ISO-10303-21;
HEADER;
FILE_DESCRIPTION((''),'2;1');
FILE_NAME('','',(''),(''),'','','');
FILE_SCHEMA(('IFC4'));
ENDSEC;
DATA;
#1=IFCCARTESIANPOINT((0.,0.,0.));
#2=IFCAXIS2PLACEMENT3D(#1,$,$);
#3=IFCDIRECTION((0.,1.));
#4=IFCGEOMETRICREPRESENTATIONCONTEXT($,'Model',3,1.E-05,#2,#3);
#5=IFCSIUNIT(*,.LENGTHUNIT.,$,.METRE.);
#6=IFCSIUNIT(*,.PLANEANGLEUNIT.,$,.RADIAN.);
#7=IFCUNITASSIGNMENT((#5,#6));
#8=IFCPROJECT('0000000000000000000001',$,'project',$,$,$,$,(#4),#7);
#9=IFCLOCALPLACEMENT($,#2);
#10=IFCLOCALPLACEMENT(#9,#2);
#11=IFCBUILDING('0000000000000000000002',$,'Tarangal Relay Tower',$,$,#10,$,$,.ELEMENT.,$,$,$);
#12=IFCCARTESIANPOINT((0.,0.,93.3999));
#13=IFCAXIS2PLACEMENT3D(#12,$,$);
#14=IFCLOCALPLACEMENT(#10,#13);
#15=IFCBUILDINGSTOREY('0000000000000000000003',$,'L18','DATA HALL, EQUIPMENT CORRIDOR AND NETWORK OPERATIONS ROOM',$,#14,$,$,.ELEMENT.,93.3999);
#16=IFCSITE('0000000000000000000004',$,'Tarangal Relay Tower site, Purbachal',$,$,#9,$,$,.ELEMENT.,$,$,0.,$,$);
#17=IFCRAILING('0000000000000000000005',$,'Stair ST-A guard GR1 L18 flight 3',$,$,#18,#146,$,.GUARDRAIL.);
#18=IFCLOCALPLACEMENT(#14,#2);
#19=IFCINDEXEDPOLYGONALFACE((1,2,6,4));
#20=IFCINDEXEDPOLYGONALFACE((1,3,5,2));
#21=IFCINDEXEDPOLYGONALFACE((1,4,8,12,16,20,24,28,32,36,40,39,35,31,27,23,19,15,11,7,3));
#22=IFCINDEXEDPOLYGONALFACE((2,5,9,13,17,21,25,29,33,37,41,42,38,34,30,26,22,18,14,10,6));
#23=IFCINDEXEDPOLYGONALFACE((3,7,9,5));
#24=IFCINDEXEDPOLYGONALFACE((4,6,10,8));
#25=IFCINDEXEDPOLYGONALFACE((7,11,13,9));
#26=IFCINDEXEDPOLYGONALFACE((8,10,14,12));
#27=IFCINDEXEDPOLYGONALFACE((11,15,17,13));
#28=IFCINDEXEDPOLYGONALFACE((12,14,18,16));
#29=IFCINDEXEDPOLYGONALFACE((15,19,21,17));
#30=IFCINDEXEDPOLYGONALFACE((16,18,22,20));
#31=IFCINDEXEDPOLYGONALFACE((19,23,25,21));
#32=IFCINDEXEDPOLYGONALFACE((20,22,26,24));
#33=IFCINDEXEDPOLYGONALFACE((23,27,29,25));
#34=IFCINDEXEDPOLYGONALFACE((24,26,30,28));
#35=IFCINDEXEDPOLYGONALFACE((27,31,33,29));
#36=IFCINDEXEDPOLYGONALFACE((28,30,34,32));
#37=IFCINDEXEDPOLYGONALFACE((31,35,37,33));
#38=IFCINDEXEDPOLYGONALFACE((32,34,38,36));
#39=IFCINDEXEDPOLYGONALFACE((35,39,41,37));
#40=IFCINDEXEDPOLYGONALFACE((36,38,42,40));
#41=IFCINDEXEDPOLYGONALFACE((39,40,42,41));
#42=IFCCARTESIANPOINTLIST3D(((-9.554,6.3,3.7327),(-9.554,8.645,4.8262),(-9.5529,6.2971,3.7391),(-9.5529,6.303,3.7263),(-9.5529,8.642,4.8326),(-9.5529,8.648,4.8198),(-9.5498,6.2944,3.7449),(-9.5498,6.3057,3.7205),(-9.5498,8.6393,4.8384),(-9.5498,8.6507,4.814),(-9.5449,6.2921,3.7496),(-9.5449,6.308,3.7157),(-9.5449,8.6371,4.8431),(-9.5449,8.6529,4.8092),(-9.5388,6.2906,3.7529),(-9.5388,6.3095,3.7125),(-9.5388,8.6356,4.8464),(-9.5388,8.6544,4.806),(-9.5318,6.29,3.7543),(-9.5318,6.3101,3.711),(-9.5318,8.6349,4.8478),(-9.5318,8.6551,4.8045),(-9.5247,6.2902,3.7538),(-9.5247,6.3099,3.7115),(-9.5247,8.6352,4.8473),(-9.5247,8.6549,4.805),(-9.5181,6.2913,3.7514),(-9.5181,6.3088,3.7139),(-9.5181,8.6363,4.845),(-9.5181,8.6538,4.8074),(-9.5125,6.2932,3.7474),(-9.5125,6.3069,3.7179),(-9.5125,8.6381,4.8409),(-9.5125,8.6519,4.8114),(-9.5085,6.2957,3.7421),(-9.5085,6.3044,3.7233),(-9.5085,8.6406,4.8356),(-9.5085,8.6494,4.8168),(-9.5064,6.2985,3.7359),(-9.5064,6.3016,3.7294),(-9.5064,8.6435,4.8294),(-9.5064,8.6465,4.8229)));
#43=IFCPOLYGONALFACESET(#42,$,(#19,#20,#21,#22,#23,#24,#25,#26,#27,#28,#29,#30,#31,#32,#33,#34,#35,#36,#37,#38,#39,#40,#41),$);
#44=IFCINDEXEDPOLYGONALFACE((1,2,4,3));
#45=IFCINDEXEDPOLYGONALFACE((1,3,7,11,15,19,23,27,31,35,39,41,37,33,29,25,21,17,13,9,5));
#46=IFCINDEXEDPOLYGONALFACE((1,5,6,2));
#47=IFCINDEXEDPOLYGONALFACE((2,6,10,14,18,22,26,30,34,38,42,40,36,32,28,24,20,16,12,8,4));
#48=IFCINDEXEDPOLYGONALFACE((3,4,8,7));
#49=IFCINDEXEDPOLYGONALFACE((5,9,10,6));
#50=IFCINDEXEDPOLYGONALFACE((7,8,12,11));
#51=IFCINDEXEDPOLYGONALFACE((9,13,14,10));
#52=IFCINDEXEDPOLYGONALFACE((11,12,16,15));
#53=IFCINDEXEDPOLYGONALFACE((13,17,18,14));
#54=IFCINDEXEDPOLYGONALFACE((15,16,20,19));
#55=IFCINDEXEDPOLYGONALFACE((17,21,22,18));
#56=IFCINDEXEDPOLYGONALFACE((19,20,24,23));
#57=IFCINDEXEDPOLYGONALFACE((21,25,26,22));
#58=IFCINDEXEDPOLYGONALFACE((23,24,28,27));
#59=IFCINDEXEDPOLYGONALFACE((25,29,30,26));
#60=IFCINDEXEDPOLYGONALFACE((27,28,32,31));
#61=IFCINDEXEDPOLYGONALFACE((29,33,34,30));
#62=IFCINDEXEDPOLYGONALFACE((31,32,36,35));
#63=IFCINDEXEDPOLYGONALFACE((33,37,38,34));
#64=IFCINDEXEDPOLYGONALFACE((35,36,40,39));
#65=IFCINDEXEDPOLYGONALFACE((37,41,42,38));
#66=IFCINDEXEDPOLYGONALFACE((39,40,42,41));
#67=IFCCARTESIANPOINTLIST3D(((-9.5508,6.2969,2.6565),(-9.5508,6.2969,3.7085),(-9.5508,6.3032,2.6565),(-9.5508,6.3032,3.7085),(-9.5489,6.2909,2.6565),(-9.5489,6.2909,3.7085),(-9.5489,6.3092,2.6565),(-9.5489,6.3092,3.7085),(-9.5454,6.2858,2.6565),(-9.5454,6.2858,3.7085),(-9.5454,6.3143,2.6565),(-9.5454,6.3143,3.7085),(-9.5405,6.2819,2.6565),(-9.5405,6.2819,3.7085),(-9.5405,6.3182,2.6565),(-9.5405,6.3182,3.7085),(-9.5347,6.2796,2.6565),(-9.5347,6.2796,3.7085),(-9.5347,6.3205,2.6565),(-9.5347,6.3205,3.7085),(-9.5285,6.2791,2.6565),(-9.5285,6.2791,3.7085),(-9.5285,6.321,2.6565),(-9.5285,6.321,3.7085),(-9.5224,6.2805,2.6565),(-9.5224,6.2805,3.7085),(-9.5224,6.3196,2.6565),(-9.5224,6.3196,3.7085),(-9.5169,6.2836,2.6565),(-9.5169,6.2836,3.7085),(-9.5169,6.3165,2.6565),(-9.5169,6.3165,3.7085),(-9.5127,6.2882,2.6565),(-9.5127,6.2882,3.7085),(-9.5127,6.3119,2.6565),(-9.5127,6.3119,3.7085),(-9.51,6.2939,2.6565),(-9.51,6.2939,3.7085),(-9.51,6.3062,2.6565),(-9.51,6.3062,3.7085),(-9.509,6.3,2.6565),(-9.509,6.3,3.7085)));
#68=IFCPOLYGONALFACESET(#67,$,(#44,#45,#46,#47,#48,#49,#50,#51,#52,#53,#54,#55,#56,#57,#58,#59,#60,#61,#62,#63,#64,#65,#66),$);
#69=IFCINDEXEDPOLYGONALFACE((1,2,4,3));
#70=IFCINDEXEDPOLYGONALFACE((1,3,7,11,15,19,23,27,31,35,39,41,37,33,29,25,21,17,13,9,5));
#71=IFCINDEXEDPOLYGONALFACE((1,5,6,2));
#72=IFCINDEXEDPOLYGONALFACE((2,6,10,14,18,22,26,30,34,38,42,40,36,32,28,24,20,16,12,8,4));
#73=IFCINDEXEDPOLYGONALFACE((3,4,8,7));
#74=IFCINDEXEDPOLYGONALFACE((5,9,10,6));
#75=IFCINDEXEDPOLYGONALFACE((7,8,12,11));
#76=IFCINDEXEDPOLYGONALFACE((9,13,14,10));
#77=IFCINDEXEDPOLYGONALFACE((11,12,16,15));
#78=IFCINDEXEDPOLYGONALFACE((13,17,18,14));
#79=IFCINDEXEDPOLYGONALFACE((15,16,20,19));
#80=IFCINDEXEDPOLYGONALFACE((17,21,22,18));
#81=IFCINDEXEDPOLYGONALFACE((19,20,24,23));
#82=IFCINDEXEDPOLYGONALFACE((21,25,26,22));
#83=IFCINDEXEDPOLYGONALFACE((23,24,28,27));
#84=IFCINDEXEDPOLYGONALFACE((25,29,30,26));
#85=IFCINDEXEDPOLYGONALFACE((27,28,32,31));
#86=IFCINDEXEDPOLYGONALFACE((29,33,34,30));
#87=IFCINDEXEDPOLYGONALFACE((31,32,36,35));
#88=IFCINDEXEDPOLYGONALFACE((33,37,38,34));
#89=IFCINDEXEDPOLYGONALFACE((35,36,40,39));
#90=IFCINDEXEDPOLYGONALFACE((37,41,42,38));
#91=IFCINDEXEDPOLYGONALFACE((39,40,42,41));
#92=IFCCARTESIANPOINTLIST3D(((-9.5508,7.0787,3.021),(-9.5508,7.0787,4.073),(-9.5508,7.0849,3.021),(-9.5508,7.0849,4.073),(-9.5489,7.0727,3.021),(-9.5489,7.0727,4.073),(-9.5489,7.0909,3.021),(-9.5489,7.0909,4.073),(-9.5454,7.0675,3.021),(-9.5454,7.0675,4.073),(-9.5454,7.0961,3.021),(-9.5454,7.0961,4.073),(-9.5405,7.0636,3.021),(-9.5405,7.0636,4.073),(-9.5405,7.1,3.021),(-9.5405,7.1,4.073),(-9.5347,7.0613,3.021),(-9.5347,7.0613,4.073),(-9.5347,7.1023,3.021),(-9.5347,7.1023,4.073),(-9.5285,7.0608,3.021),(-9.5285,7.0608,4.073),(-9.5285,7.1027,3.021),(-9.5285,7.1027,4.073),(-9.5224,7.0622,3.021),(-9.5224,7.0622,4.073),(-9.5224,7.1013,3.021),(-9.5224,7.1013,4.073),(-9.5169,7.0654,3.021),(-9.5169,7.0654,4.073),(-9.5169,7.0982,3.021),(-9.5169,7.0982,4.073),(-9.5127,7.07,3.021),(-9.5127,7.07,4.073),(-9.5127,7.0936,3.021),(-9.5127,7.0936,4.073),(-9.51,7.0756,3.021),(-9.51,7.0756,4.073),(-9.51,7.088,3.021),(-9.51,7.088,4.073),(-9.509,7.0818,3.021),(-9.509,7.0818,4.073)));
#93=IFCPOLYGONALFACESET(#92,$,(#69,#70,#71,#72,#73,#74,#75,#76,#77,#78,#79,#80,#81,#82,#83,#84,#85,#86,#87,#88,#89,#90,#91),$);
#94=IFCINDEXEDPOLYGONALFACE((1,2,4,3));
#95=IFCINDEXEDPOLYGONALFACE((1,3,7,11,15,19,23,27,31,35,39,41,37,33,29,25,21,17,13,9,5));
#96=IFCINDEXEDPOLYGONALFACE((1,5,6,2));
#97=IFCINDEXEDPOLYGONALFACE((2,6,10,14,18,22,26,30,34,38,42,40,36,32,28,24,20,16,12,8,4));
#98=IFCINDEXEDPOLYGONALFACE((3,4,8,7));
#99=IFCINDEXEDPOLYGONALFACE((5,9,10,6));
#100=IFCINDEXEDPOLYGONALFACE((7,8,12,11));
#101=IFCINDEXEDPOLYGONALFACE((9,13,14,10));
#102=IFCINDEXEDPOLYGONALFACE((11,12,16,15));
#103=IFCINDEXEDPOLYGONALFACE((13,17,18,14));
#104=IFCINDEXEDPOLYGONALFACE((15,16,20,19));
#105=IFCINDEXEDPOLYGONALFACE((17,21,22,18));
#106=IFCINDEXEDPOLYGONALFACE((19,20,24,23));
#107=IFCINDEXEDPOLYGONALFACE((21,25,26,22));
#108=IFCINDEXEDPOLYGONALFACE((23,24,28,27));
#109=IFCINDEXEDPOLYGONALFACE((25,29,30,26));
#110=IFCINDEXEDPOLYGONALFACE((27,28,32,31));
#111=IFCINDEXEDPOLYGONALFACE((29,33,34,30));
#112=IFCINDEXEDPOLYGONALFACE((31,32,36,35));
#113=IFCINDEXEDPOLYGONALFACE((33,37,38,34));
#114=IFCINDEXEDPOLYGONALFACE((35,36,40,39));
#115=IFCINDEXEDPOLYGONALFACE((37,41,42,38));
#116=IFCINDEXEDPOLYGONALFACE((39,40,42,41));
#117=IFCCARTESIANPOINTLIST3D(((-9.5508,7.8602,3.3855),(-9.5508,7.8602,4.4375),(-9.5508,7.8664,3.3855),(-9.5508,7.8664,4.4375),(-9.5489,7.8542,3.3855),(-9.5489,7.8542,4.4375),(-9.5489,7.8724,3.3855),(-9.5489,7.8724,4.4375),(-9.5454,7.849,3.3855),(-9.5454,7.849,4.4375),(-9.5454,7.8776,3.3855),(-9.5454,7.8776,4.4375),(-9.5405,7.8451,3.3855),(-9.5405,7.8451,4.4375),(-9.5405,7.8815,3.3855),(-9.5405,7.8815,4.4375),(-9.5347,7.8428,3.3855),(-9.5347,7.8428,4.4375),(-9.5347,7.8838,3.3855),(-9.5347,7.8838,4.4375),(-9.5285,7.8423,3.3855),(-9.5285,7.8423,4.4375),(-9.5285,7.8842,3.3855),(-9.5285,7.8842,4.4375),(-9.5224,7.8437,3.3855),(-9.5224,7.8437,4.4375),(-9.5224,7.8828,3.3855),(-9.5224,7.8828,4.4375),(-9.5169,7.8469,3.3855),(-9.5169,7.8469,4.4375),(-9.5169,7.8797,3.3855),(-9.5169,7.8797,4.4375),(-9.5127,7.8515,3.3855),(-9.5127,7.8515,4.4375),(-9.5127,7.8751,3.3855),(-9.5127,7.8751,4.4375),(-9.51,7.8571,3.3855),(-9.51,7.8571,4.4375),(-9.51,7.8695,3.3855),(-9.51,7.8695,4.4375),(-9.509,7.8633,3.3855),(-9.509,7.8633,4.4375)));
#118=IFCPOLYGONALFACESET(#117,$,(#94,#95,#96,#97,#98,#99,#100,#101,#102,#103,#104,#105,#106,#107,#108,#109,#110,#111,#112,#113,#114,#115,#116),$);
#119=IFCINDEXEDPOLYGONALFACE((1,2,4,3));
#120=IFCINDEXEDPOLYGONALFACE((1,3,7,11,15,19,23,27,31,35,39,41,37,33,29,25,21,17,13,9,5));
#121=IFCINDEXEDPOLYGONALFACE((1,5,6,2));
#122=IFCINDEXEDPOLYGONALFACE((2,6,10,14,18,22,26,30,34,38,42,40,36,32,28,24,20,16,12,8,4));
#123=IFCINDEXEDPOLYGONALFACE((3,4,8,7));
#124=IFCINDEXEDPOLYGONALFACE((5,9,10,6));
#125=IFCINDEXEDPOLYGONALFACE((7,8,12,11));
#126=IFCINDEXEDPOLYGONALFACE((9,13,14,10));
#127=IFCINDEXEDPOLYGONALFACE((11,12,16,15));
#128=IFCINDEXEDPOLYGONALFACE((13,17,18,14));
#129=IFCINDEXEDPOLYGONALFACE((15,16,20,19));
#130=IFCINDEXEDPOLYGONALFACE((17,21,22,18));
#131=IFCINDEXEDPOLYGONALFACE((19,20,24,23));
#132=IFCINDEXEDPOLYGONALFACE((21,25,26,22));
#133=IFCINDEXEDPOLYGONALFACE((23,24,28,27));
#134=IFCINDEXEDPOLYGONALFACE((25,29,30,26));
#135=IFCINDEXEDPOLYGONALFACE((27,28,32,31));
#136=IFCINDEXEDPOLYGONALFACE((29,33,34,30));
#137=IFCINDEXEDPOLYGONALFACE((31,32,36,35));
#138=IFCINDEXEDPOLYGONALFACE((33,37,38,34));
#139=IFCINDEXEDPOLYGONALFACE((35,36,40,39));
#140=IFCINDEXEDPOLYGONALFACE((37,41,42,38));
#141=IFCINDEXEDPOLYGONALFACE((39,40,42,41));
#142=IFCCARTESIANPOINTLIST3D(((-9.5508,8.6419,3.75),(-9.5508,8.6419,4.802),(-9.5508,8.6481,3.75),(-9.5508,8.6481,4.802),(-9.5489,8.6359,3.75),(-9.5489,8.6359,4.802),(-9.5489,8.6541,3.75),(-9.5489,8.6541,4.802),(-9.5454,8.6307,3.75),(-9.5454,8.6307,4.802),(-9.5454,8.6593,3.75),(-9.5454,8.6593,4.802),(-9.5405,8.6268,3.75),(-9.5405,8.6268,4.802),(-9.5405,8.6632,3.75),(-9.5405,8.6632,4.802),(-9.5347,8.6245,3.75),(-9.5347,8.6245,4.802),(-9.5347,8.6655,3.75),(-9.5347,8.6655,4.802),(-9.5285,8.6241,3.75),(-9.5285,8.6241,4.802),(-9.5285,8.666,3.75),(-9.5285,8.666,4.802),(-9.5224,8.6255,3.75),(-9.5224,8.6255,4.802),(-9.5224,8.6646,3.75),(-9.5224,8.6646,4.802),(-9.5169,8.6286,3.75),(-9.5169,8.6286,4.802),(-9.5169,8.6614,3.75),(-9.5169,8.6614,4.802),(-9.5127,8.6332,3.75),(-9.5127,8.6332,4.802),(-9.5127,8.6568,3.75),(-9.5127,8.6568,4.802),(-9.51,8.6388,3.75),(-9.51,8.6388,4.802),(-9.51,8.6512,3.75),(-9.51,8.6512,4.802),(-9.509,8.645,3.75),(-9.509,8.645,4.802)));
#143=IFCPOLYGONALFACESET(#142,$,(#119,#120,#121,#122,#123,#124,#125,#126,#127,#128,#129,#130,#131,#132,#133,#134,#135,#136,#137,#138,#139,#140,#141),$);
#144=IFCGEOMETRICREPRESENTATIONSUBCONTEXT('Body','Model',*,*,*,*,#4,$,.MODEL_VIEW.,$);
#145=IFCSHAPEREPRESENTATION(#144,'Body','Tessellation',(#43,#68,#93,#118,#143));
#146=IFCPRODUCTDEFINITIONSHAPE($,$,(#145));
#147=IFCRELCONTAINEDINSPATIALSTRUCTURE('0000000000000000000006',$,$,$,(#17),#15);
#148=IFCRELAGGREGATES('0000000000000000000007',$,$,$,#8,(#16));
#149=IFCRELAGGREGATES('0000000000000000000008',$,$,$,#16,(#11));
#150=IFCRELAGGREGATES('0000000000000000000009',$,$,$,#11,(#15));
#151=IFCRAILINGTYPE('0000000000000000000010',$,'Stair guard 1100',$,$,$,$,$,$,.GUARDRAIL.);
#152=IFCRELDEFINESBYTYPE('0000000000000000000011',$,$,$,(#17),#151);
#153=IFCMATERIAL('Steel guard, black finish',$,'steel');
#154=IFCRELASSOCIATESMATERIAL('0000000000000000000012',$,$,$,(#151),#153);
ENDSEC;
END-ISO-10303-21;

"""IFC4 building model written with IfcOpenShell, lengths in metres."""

from ifc_helpers import new_model, si_unit, direction, frame, origin, origin_2d, place, context, subcontext, project, spatial, circle, extrude, material, type_object, element, save


model = new_model("IFC4")

# Units and contexts
model_context = context("Model", 3, precision=1e-05, world=origin(), true_north=direction((0.0, 1.0)))
body_context = subcontext(model_context, "Body", "Model", "MODEL_VIEW")
ifc_project = project(units=[si_unit("LENGTHUNIT", "METRE"), si_unit("PLANEANGLEUNIT", "RADIAN")], contexts=[model_context])

# Site, building, storey
site_placement = place(None, origin())
site = spatial("IfcSite", under=ifc_project, at=site_placement, Name="Tarangal Relay Tower site, Purbachal", CompositionType="ELEMENT", RefElevation=0.0)
building_placement = place(site_placement, origin())
building = spatial("IfcBuilding", under=site, at=building_placement, Name="Tarangal Relay Tower", CompositionType="ELEMENT")
storey_placement = place(building_placement, frame((0.0, 0.0, 93.3999)))
storey = spatial("IfcBuildingStorey", under=building, at=storey_placement, Name="L18", Description="DATA HALL, EQUIPMENT CORRIDOR AND NETWORK OPERATIONS ROOM", CompositionType="ELEMENT", Elevation=93.3999)

# Railing
ifc_material_1 = material(Name="Steel guard, black finish", Category="steel")
railing_type = type_object("IfcRailingType", Name="Stair guard 1100", PredefinedType="GUARDRAIL", material=ifc_material_1)
railing_placement = place(storey_placement, frame((-9.53, 6.3, 2.6565)))
element("IfcRailing", 1, at=railing_placement, inside=storey, type_object=railing_type, Name="Stair ST-A guard GR1 L18 flight 3", PredefinedType="GUARDRAIL", context=body_context, shape_type="SweptSolid", body=[
    extrude(circle(Radius=0.0239, at=origin_2d()), frame((0.0, 0.0, 1.0762), z_axis=(0.0, 0.906304, 0.422627), x_axis=(-1.0, 0.0, 0.0)), (0.0, 0.0, 1.0), 2.5874),
    extrude(circle(Radius=0.021, at=origin_2d()), origin(), (0.0, 0.0, 1.0), 1.052),
    extrude(circle(Radius=0.021, at=origin_2d()), frame((0.0, 0.7817, 0.3645)), (0.0, 0.0, 1.0), 1.052),
    extrude(circle(Radius=0.021, at=origin_2d()), frame((0.0, 1.5632, 0.729)), (0.0, 0.0, 1.0), 1.052),
    extrude(circle(Radius=0.021, at=origin_2d()), frame((0.0, 2.345, 1.0935)), (0.0, 0.0, 1.0), 1.052),
])

save(model, "model.ifc")
